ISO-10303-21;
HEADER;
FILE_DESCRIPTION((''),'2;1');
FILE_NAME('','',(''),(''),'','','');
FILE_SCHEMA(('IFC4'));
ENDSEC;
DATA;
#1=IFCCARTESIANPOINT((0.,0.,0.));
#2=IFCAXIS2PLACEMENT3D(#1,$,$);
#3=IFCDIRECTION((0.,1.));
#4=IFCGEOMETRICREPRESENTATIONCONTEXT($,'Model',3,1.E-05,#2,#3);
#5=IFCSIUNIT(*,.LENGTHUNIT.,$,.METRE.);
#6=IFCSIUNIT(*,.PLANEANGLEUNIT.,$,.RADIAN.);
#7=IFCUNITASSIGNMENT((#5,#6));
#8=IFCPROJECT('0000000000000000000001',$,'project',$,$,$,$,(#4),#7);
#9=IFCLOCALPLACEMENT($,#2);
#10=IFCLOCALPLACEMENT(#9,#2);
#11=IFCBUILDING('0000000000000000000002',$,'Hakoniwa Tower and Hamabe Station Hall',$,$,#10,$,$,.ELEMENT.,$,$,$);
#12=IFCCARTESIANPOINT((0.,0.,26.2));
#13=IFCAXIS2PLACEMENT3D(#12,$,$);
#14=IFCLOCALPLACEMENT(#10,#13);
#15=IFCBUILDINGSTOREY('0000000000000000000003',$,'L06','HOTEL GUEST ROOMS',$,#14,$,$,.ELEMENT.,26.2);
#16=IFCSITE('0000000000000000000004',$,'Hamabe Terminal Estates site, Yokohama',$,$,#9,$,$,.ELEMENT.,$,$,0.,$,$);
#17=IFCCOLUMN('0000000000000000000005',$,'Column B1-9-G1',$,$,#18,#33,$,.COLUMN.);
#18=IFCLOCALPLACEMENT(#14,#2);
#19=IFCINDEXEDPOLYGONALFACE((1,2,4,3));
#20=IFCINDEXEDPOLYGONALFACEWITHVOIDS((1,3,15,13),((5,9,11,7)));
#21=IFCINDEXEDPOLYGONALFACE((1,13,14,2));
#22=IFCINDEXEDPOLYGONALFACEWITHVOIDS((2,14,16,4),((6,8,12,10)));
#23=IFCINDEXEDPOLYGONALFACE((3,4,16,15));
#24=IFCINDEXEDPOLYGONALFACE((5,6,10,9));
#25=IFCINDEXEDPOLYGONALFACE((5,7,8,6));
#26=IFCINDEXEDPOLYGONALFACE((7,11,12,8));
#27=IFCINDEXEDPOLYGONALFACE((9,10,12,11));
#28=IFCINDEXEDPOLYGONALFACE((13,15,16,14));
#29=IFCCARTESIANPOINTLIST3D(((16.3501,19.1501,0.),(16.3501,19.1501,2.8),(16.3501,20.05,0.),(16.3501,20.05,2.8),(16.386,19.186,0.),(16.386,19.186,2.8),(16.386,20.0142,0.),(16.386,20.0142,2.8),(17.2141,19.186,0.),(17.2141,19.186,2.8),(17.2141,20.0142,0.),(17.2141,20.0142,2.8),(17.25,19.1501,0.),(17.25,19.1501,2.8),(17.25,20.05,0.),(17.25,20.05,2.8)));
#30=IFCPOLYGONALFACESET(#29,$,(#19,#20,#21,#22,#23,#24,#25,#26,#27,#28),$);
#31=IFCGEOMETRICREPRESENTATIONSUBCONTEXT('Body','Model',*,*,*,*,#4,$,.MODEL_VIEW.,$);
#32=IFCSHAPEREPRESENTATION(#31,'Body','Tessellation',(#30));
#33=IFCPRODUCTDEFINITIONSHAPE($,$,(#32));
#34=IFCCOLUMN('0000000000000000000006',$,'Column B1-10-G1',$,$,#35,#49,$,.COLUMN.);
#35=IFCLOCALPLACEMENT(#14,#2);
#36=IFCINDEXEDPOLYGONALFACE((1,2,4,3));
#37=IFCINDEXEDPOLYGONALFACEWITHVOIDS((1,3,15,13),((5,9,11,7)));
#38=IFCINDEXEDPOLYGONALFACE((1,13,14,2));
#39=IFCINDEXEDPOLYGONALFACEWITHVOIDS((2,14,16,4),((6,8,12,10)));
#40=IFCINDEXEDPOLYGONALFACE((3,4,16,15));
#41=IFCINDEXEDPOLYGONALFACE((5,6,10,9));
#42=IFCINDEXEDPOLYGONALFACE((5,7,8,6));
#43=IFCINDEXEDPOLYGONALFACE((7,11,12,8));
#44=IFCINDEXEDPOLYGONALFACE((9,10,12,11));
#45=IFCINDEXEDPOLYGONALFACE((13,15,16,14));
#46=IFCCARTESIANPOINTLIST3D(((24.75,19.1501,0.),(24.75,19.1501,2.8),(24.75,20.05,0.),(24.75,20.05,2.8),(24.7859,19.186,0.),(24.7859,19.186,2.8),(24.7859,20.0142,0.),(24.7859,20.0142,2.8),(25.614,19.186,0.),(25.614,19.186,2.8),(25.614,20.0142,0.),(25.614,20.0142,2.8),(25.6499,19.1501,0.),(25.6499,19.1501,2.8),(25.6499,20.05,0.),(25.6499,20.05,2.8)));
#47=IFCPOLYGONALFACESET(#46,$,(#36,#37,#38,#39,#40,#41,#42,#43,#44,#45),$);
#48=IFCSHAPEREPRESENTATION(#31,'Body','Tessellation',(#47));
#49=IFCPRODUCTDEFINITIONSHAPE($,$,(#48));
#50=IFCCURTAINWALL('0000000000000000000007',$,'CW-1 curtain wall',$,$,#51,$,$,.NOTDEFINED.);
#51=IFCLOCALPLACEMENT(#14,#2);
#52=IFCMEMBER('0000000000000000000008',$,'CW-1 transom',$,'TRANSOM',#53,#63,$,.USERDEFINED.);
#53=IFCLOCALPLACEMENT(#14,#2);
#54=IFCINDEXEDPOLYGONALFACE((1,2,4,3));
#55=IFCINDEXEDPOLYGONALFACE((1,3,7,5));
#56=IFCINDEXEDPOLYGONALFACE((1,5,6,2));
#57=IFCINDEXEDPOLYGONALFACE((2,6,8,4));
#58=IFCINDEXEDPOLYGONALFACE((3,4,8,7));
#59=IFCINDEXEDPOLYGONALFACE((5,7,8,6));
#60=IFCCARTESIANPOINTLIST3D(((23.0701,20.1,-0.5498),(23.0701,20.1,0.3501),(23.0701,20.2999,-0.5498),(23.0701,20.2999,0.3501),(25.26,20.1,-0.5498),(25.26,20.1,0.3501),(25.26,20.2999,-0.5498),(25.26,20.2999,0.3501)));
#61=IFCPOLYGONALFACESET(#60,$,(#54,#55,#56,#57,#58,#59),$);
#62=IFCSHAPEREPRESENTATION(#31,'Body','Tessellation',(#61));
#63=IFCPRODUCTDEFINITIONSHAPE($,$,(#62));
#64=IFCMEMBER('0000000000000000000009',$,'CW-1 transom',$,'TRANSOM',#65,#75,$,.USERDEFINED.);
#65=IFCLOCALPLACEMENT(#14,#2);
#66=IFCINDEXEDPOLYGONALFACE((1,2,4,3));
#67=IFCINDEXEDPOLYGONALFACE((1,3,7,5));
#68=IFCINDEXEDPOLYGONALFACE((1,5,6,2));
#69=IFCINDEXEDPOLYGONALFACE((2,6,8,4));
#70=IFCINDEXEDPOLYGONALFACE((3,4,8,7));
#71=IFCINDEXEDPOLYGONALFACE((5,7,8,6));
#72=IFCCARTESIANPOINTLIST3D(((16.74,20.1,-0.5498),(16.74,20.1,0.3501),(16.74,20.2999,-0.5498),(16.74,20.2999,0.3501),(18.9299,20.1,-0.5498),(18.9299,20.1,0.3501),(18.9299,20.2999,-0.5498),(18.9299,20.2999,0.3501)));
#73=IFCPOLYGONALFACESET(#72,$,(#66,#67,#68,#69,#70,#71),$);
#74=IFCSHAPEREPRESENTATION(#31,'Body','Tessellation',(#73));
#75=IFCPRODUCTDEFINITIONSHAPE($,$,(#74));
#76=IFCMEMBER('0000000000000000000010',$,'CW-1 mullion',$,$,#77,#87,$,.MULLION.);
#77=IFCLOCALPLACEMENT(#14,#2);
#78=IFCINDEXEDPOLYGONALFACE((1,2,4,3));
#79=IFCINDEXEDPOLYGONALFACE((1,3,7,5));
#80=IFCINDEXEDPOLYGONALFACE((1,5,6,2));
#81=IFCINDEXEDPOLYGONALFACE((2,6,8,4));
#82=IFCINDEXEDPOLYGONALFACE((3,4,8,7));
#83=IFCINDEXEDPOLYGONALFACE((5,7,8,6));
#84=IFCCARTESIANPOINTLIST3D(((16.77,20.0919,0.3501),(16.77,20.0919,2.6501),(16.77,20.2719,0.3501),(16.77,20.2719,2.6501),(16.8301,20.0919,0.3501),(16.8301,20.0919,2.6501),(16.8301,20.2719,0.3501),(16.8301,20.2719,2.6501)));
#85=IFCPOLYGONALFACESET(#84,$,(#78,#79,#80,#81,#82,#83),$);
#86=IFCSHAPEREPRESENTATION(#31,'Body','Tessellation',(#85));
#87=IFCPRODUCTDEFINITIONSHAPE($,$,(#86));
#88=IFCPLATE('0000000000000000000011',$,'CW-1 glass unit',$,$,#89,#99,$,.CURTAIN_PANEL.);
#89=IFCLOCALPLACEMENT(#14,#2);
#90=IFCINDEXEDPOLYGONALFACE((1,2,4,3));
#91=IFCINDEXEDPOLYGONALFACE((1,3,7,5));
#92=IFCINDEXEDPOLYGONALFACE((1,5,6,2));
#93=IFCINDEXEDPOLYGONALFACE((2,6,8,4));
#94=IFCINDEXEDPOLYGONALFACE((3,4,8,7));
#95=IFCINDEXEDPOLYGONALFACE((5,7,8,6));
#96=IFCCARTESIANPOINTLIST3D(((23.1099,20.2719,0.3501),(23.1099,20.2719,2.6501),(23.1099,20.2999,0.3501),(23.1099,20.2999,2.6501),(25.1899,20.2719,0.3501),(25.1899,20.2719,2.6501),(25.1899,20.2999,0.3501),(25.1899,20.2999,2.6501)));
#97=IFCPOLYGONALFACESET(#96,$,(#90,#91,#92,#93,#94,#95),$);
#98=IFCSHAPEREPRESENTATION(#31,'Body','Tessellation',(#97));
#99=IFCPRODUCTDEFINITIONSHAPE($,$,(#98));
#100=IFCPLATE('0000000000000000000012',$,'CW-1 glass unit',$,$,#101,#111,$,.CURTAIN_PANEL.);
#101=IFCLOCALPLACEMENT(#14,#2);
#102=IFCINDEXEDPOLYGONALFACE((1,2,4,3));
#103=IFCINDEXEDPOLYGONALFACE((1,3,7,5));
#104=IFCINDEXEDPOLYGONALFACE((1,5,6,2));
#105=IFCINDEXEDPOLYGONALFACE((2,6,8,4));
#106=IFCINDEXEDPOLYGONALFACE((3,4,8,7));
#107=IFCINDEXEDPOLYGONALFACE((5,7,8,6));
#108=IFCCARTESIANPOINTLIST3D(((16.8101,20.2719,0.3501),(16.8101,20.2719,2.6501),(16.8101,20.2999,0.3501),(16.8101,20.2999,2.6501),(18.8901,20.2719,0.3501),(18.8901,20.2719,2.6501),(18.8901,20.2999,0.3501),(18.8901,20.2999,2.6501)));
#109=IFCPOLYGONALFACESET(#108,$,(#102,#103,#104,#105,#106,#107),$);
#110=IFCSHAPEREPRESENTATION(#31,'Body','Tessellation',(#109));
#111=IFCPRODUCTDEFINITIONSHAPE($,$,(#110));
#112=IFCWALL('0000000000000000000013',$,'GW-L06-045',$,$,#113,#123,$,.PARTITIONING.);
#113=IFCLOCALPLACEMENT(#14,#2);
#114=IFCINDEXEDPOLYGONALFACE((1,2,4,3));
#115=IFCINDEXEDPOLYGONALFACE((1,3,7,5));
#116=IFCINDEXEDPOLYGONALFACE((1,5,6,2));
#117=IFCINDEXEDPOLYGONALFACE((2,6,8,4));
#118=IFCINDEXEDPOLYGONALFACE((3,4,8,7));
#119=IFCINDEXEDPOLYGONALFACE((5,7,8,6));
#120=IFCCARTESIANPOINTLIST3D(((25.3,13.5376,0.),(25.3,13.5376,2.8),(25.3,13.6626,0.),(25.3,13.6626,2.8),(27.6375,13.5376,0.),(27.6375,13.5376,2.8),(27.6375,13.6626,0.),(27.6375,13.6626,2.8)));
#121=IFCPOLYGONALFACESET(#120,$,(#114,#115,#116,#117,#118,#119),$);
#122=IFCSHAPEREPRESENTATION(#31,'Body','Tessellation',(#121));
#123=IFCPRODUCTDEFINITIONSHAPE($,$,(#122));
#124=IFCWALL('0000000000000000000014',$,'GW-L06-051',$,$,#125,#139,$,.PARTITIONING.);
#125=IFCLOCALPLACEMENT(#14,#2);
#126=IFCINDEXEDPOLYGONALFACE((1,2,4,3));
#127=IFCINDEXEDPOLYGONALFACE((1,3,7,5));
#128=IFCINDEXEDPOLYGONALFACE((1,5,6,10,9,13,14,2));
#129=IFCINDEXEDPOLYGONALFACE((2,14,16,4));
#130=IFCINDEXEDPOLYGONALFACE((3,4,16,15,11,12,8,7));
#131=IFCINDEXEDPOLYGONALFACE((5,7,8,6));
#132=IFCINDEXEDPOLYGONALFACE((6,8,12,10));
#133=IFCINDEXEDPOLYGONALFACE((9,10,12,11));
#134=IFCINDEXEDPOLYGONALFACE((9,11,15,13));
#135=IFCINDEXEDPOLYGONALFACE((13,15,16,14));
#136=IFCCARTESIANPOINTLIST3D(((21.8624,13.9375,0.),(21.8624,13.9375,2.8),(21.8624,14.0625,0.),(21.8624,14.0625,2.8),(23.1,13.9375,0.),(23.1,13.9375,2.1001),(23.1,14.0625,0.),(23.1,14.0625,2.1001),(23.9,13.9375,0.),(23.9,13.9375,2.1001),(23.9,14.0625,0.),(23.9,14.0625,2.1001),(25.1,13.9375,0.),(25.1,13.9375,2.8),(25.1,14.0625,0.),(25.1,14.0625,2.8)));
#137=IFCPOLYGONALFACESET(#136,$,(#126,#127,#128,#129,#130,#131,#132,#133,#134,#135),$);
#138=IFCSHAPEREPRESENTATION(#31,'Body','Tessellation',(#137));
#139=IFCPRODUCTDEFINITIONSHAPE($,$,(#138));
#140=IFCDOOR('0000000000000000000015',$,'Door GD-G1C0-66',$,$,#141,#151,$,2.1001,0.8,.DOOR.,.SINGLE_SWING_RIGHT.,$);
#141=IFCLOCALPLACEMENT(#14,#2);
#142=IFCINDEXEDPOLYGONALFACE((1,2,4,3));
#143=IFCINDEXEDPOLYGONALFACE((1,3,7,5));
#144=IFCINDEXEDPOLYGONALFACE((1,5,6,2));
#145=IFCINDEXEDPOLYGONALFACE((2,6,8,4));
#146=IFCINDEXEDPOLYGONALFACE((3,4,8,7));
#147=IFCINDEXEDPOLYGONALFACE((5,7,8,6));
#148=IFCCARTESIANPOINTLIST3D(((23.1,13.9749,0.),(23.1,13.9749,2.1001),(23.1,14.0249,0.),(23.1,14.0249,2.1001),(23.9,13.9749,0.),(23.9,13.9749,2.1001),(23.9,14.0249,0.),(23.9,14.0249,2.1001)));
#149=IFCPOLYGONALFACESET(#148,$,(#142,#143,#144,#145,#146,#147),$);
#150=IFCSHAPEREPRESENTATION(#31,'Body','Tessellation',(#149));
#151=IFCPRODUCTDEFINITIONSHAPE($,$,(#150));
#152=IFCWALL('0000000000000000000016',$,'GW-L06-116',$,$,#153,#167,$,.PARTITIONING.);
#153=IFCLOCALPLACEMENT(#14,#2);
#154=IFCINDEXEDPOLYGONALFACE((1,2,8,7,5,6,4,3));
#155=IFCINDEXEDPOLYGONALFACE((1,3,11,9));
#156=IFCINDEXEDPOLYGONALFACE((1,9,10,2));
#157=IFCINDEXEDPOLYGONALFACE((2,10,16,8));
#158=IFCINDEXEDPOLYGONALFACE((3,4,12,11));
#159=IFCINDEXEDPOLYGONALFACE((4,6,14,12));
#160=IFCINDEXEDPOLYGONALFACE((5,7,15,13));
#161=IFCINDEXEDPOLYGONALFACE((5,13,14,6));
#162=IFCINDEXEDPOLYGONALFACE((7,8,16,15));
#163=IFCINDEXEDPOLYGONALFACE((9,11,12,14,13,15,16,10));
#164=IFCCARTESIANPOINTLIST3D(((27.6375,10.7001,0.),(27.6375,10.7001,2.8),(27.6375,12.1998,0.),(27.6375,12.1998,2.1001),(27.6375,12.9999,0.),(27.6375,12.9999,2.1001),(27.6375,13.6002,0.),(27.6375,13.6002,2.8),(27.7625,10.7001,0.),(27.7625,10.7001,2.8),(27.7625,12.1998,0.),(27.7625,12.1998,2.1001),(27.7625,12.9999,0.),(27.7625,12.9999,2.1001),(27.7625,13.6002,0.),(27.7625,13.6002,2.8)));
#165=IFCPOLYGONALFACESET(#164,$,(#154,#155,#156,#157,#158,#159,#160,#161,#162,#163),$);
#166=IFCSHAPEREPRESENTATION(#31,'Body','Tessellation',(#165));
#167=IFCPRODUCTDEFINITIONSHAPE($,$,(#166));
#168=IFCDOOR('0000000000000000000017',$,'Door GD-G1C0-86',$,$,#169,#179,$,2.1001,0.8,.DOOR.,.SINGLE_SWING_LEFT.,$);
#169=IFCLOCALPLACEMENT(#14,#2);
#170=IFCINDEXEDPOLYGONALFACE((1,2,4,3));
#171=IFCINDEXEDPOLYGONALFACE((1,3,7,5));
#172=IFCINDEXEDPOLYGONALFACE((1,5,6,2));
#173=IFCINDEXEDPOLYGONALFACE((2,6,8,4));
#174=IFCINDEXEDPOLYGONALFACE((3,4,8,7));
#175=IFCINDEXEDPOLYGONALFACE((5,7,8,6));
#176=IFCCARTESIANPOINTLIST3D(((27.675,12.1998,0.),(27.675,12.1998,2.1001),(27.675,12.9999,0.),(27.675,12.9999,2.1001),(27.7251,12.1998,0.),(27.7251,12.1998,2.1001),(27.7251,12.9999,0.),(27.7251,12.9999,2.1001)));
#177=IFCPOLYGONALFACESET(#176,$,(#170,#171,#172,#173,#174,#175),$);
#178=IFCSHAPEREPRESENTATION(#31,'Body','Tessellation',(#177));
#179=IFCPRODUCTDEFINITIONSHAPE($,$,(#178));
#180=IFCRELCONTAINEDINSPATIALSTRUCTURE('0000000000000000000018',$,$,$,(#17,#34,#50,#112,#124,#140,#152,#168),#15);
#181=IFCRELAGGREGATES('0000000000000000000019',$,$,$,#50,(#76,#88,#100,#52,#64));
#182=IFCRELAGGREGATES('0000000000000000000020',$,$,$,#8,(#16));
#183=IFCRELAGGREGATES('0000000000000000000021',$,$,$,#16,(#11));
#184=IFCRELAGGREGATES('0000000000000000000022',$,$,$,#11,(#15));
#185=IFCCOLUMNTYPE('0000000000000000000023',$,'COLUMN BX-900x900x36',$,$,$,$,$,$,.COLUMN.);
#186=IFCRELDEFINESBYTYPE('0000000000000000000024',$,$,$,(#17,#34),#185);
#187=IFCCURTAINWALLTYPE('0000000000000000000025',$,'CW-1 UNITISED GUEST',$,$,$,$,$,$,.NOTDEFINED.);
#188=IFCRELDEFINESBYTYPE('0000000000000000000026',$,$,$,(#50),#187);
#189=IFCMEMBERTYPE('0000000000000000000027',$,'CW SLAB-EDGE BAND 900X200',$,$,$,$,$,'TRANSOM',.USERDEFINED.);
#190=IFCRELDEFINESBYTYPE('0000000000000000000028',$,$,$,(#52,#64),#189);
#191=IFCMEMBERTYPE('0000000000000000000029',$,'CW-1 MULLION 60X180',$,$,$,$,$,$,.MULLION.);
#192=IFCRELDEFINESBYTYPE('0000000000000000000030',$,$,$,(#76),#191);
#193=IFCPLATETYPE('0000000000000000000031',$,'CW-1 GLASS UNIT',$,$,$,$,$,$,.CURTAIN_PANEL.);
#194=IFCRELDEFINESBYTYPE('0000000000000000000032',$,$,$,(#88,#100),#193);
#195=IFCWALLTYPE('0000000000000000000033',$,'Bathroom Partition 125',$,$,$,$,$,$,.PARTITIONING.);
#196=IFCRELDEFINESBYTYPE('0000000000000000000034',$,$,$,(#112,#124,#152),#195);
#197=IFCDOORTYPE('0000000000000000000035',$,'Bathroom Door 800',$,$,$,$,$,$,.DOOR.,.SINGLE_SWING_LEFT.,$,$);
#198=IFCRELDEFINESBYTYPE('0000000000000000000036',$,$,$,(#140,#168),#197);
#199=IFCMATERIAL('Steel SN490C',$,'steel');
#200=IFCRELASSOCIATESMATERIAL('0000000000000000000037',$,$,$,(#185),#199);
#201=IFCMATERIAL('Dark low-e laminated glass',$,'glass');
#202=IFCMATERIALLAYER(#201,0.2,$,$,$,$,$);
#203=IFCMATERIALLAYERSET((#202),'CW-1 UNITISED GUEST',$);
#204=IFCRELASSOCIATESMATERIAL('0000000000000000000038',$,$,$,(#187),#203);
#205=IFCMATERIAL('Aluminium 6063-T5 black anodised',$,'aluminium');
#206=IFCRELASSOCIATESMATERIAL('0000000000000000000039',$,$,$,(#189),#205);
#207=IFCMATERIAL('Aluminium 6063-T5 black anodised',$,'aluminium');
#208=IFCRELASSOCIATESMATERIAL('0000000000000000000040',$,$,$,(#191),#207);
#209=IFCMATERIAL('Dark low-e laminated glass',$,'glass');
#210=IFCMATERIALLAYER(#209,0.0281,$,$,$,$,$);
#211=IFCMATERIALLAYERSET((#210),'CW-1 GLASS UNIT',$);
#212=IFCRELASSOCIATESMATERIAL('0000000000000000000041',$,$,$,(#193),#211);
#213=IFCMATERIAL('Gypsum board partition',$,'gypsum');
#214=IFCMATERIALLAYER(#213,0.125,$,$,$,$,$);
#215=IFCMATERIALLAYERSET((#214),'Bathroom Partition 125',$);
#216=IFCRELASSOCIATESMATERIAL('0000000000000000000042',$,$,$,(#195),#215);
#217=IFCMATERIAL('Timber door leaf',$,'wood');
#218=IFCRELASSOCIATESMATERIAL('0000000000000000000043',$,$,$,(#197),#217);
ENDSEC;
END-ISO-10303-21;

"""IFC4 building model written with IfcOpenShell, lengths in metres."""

from ifc_helpers import new_model, si_unit, direction, frame, frame_2d, origin, origin_2d, place, context, subcontext, project, spatial, rectangle, hollow_rectangle, extrude, material, layer, layer_set, material_profile, profile_set, type_object, element, fill, aggregate, save


model = new_model("IFC4")

# Units and contexts
model_context = context("Model", 3, precision=1e-05, world=origin(), true_north=direction((0.0, 1.0)))
body_context = subcontext(model_context, "Body", "Model", "MODEL_VIEW")
ifc_project = project(units=[si_unit("LENGTHUNIT", "METRE"), si_unit("PLANEANGLEUNIT", "RADIAN")], contexts=[model_context])

# Site, building, storey
site_placement = place(None, origin())
site = spatial("IfcSite", under=ifc_project, at=site_placement, Name="Hamabe Terminal Estates site, Yokohama", CompositionType="ELEMENT", RefElevation=0.0)
building_placement = place(site_placement, origin())
building = spatial("IfcBuilding", under=site, at=building_placement, Name="Hakoniwa Tower and Hamabe Station Hall", CompositionType="ELEMENT")
storey_placement = place(building_placement, frame((0.0, 0.0, 26.2)))
storey = spatial("IfcBuildingStorey", under=building, at=storey_placement, Name="L06", Description="HOTEL GUEST ROOMS", CompositionType="ELEMENT", Elevation=26.2)

# Columns
ifc_material_1 = material(Name="Steel SN490C", Category="steel")
ifc_material_profile_1 = material_profile(ifc_material_1, hollow_rectangle(XDim=0.8999, YDim=0.8999, WallThickness=0.0359, at=origin_2d()), Name="BX-900x900x36")
ifc_profile_set_1 = profile_set([ifc_material_profile_1], Name="Steel SN490C")
column_type = type_object("IfcColumnType", Name="COLUMN BX-900x900x36", PredefinedType="COLUMN", material=ifc_profile_set_1)
for number, where, z_axis, x_axis, name in (
    (1, (16.8, 19.6001, 0.0), (0.0, 0.0, 1.0), (1.0, 0.0, 0.0), "Column B1-9-G1"),
    (2, (25.2, 19.6001, 0.0), (0.0, 0.0, 1.0), (1.0, 0.0, 0.0), "Column B1-10-G1"),
):
    element("IfcColumn", number, at=place(storey_placement, frame(where, z_axis=z_axis, x_axis=x_axis)), inside=storey, type_object=column_type, Name=name, PredefinedType="COLUMN", context=body_context, shape_type="SweptSolid", body=[
        extrude(hollow_rectangle(XDim=0.8999, YDim=0.8999, WallThickness=0.0359, at=origin_2d()), origin(), (0.0, 0.0, 1.0), 2.8),
    ])

# Curtain wall, members, plates
ifc_material_2 = material(Name="Dark low-e laminated glass", Category="glass")
ifc_layer_1 = layer(ifc_material_2, 0.2)
ifc_layer_set_1 = layer_set([ifc_layer_1], Name="CW-1 UNITISED GUEST")
curtain_wall_type = type_object("IfcCurtainWallType", Name="CW-1 UNITISED GUEST", PredefinedType="NOTDEFINED", material=ifc_layer_set_1)
curtain_wall_placement = place(storey_placement, origin())
curtain_wall = element("IfcCurtainWall", 3, at=curtain_wall_placement, inside=storey, type_object=curtain_wall_type, Name="CW-1 curtain wall", PredefinedType="NOTDEFINED")
ifc_material_3 = material(Name="Aluminium 6063-T5 black anodised", Category="aluminium")
ifc_material_profile_2 = material_profile(ifc_material_3, rectangle(XDim=0.2, YDim=0.8999, at=origin_2d()), Name="CW SLAB-EDGE BAND 900X200")
ifc_profile_set_2 = profile_set([ifc_material_profile_2], Name="Aluminium 6063-T5 black anodised")
member_type_1 = type_object("IfcMemberType", Name="CW SLAB-EDGE BAND 900X200", ElementType="TRANSOM", PredefinedType="USERDEFINED", material=ifc_profile_set_2)
member_1_placement = place(storey_placement, frame((25.26, 20.2, -0.0999), z_axis=(-1.0, 0.0, 0.0), x_axis=(0.0, -1.0, 0.0)))
member_1 = element("IfcMember", 4, at=member_1_placement, type_object=member_type_1, Name="CW-1 transom", ObjectType="TRANSOM", PredefinedType="USERDEFINED", context=body_context, shape_type="SweptSolid", body=[
    extrude(rectangle(XDim=0.2, YDim=0.8999, at=origin_2d()), origin(), (0.0, 0.0, 1.0), 2.1899),
])
member_2_placement = place(storey_placement, frame((18.9299, 20.2, -0.0999), z_axis=(-1.0, 0.0, 0.0), x_axis=(0.0, -1.0, 0.0)))
member_2 = element("IfcMember", 5, at=member_2_placement, type_object=member_type_1, Name="CW-1 transom", ObjectType="TRANSOM", PredefinedType="USERDEFINED", context=body_context, shape_type="SweptSolid", body=[
    extrude(rectangle(XDim=0.2, YDim=0.8999, at=origin_2d()), origin(), (0.0, 0.0, 1.0), 2.1899),
])
ifc_material_4 = material(Name="Aluminium 6063-T5 black anodised", Category="aluminium")
ifc_material_profile_3 = material_profile(ifc_material_4, rectangle(XDim=0.0601, YDim=0.1799, at=origin_2d()), Name="CW-1 MULLION 60X180")
ifc_profile_set_3 = profile_set([ifc_material_profile_3], Name="Aluminium 6063-T5 black anodised")
member_type_2 = type_object("IfcMemberType", Name="CW-1 MULLION 60X180", PredefinedType="MULLION", material=ifc_profile_set_3)
member_3_placement = place(storey_placement, frame((16.8, 20.1819, 0.3501), z_axis=(0.0, 0.0, 1.0), x_axis=(-1.0, 0.0, 0.0)))
member_3 = element("IfcMember", 6, at=member_3_placement, type_object=member_type_2, Name="CW-1 mullion", PredefinedType="MULLION", context=body_context, shape_type="SweptSolid", body=[
    extrude(rectangle(XDim=0.0601, YDim=0.1799, at=origin_2d()), origin(), (0.0, 0.0, 1.0), 2.3),
])
ifc_material_5 = material(Name="Dark low-e laminated glass", Category="glass")
ifc_layer_2 = layer(ifc_material_5, 0.0281)
ifc_layer_set_2 = layer_set([ifc_layer_2], Name="CW-1 GLASS UNIT")
plate_type = type_object("IfcPlateType", Name="CW-1 GLASS UNIT", PredefinedType="CURTAIN_PANEL", material=ifc_layer_set_2)
plate_1_placement = place(storey_placement, frame((24.1499, 20.2859, 0.3501), z_axis=(0.0, 0.0, 1.0), x_axis=(-1.0, 0.0, 0.0)))
plate_1 = element("IfcPlate", 7, at=plate_1_placement, type_object=plate_type, Name="CW-1 glass unit", PredefinedType="CURTAIN_PANEL", context=body_context, shape_type="SweptSolid", body=[
    extrude(rectangle(XDim=2.0801, YDim=0.0281, at=origin_2d()), origin(), (0.0, 0.0, 1.0), 2.3),
])
plate_2_placement = place(storey_placement, frame((17.8501, 20.2859, 0.3501), z_axis=(0.0, 0.0, 1.0), x_axis=(-1.0, 0.0, 0.0)))
plate_2 = element("IfcPlate", 8, at=plate_2_placement, type_object=plate_type, Name="CW-1 glass unit", PredefinedType="CURTAIN_PANEL", context=body_context, shape_type="SweptSolid", body=[
    extrude(rectangle(XDim=2.0801, YDim=0.0281, at=origin_2d()), origin(), (0.0, 0.0, 1.0), 2.3),
])

# Wall
ifc_material_6 = material(Name="Gypsum board partition", Category="gypsum")
ifc_layer_3 = layer(ifc_material_6, 0.125)
ifc_layer_set_3 = layer_set([ifc_layer_3], Name="Bathroom Partition 125")
wall_type_1 = type_object("IfcWallType", Name="Bathroom Partition 125", PredefinedType="PARTITIONING", material=ifc_layer_set_3)
wall_1_placement = place(storey_placement, frame((25.3, 13.6001, 0.0), z_axis=(0.0, 0.0, 1.0), x_axis=(1.0, 0.0, 0.0)))
element("IfcWall", 9, at=wall_1_placement, inside=storey, type_object=wall_type_1, Name="GW-L06-045", PredefinedType="PARTITIONING", context=body_context, shape_type="SweptSolid", body=[
    extrude(rectangle(XDim=2.3374, YDim=0.125, at=frame_2d((1.1687, 0.0))), origin(), (0.0, 0.0, 1.0), 2.8),
])

# Walls, openings, doors
wall_2_placement = place(storey_placement, frame((21.8625, 14.0, 0.0), z_axis=(0.0, 0.0, 1.0), x_axis=(1.0, 0.0, 0.0)))
wall_2 = element("IfcWall", 10, at=wall_2_placement, inside=storey, type_object=wall_type_1, Name="GW-L06-051", PredefinedType="PARTITIONING", context=body_context, shape_type="SweptSolid", body=[
    extrude(rectangle(XDim=3.2375, YDim=0.125, at=frame_2d((1.6187, 0.0))), origin(), (0.0, 0.0, 1.0), 2.8),
])
opening_1_placement = place(wall_2_placement, frame((1.2375, 0.0, 0.0)))
opening_1 = element("IfcOpeningElement", 11, at=opening_1_placement, cuts=wall_2, PredefinedType="OPENING", context=body_context, shape_type="SweptSolid", body=[
    extrude(rectangle(XDim=0.8, YDim=2.1001, at=frame_2d((0.3999, 1.05))), frame((0.0, 0.0725, 0.0), z_axis=(0.0, -1.0, 0.0), x_axis=(1.0, 0.0, 0.0)), (0.0, 0.0, 1.0), 0.145),
])
ifc_material_7 = material(Name="Timber door leaf", Category="wood")
door_type_1 = type_object("IfcDoorType", Name="Bathroom Door 800", OperationType="SINGLE_SWING_LEFT", PredefinedType="DOOR", material=ifc_material_7)
door_1_placement = place(opening_1_placement, origin())
door_1 = element("IfcDoor", 12, at=door_1_placement, inside=storey, type_object=door_type_1, Name="Door GD-G1C0-66", OperationType="SINGLE_SWING_RIGHT", OverallHeight=2.1001, OverallWidth=0.8, PredefinedType="DOOR", context=body_context, shape_type="SweptSolid", body=[
    extrude(rectangle(XDim=0.8, YDim=2.1001, at=frame_2d((0.3999, 1.05))), frame((0.0, 0.0249, 0.0), z_axis=(0.0, -1.0, 0.0), x_axis=(1.0, 0.0, 0.0)), (0.0, 0.0, 1.0), 0.05),
])
fill(opening_1, door_1)
wall_3_placement = place(storey_placement, frame((27.7, 10.7, 0.0), z_axis=(0.0, 0.0, 1.0), x_axis=(0.0, 1.0, 0.0)))
wall_3 = element("IfcWall", 13, at=wall_3_placement, inside=storey, type_object=wall_type_1, Name="GW-L06-116", PredefinedType="PARTITIONING", context=body_context, shape_type="SweptSolid", body=[
    extrude(rectangle(XDim=2.9001, YDim=0.125, at=frame_2d((1.4502, 0.0))), origin(), (0.0, 0.0, 1.0), 2.8),
])
opening_2_placement = place(wall_3_placement, frame((1.5, 0.0, 0.0)))
opening_2 = element("IfcOpeningElement", 14, at=opening_2_placement, cuts=wall_3, PredefinedType="OPENING", context=body_context, shape_type="SweptSolid", body=[
    extrude(rectangle(XDim=0.8, YDim=2.1001, at=frame_2d((0.3999, 1.05))), frame((0.0, 0.0725, 0.0), z_axis=(0.0, -1.0, 0.0), x_axis=(1.0, 0.0, 0.0)), (0.0, 0.0, 1.0), 0.145),
])
door_2_placement = place(opening_2_placement, origin())
door_2 = element("IfcDoor", 15, at=door_2_placement, inside=storey, type_object=door_type_1, Name="Door GD-G1C0-86", OperationType="SINGLE_SWING_LEFT", OverallHeight=2.1001, OverallWidth=0.8, PredefinedType="DOOR", context=body_context, shape_type="SweptSolid", body=[
    extrude(rectangle(XDim=0.8, YDim=2.1001, at=frame_2d((0.3999, 1.05))), frame((0.0, 0.0249, 0.0), z_axis=(0.0, -1.0, 0.0), x_axis=(1.0, 0.0, 0.0)), (0.0, 0.0, 1.0), 0.05),
])
fill(opening_2, door_2)
aggregate(curtain_wall, [member_3, plate_1, plate_2, member_1, member_2])

save(model, "model.ifc")
